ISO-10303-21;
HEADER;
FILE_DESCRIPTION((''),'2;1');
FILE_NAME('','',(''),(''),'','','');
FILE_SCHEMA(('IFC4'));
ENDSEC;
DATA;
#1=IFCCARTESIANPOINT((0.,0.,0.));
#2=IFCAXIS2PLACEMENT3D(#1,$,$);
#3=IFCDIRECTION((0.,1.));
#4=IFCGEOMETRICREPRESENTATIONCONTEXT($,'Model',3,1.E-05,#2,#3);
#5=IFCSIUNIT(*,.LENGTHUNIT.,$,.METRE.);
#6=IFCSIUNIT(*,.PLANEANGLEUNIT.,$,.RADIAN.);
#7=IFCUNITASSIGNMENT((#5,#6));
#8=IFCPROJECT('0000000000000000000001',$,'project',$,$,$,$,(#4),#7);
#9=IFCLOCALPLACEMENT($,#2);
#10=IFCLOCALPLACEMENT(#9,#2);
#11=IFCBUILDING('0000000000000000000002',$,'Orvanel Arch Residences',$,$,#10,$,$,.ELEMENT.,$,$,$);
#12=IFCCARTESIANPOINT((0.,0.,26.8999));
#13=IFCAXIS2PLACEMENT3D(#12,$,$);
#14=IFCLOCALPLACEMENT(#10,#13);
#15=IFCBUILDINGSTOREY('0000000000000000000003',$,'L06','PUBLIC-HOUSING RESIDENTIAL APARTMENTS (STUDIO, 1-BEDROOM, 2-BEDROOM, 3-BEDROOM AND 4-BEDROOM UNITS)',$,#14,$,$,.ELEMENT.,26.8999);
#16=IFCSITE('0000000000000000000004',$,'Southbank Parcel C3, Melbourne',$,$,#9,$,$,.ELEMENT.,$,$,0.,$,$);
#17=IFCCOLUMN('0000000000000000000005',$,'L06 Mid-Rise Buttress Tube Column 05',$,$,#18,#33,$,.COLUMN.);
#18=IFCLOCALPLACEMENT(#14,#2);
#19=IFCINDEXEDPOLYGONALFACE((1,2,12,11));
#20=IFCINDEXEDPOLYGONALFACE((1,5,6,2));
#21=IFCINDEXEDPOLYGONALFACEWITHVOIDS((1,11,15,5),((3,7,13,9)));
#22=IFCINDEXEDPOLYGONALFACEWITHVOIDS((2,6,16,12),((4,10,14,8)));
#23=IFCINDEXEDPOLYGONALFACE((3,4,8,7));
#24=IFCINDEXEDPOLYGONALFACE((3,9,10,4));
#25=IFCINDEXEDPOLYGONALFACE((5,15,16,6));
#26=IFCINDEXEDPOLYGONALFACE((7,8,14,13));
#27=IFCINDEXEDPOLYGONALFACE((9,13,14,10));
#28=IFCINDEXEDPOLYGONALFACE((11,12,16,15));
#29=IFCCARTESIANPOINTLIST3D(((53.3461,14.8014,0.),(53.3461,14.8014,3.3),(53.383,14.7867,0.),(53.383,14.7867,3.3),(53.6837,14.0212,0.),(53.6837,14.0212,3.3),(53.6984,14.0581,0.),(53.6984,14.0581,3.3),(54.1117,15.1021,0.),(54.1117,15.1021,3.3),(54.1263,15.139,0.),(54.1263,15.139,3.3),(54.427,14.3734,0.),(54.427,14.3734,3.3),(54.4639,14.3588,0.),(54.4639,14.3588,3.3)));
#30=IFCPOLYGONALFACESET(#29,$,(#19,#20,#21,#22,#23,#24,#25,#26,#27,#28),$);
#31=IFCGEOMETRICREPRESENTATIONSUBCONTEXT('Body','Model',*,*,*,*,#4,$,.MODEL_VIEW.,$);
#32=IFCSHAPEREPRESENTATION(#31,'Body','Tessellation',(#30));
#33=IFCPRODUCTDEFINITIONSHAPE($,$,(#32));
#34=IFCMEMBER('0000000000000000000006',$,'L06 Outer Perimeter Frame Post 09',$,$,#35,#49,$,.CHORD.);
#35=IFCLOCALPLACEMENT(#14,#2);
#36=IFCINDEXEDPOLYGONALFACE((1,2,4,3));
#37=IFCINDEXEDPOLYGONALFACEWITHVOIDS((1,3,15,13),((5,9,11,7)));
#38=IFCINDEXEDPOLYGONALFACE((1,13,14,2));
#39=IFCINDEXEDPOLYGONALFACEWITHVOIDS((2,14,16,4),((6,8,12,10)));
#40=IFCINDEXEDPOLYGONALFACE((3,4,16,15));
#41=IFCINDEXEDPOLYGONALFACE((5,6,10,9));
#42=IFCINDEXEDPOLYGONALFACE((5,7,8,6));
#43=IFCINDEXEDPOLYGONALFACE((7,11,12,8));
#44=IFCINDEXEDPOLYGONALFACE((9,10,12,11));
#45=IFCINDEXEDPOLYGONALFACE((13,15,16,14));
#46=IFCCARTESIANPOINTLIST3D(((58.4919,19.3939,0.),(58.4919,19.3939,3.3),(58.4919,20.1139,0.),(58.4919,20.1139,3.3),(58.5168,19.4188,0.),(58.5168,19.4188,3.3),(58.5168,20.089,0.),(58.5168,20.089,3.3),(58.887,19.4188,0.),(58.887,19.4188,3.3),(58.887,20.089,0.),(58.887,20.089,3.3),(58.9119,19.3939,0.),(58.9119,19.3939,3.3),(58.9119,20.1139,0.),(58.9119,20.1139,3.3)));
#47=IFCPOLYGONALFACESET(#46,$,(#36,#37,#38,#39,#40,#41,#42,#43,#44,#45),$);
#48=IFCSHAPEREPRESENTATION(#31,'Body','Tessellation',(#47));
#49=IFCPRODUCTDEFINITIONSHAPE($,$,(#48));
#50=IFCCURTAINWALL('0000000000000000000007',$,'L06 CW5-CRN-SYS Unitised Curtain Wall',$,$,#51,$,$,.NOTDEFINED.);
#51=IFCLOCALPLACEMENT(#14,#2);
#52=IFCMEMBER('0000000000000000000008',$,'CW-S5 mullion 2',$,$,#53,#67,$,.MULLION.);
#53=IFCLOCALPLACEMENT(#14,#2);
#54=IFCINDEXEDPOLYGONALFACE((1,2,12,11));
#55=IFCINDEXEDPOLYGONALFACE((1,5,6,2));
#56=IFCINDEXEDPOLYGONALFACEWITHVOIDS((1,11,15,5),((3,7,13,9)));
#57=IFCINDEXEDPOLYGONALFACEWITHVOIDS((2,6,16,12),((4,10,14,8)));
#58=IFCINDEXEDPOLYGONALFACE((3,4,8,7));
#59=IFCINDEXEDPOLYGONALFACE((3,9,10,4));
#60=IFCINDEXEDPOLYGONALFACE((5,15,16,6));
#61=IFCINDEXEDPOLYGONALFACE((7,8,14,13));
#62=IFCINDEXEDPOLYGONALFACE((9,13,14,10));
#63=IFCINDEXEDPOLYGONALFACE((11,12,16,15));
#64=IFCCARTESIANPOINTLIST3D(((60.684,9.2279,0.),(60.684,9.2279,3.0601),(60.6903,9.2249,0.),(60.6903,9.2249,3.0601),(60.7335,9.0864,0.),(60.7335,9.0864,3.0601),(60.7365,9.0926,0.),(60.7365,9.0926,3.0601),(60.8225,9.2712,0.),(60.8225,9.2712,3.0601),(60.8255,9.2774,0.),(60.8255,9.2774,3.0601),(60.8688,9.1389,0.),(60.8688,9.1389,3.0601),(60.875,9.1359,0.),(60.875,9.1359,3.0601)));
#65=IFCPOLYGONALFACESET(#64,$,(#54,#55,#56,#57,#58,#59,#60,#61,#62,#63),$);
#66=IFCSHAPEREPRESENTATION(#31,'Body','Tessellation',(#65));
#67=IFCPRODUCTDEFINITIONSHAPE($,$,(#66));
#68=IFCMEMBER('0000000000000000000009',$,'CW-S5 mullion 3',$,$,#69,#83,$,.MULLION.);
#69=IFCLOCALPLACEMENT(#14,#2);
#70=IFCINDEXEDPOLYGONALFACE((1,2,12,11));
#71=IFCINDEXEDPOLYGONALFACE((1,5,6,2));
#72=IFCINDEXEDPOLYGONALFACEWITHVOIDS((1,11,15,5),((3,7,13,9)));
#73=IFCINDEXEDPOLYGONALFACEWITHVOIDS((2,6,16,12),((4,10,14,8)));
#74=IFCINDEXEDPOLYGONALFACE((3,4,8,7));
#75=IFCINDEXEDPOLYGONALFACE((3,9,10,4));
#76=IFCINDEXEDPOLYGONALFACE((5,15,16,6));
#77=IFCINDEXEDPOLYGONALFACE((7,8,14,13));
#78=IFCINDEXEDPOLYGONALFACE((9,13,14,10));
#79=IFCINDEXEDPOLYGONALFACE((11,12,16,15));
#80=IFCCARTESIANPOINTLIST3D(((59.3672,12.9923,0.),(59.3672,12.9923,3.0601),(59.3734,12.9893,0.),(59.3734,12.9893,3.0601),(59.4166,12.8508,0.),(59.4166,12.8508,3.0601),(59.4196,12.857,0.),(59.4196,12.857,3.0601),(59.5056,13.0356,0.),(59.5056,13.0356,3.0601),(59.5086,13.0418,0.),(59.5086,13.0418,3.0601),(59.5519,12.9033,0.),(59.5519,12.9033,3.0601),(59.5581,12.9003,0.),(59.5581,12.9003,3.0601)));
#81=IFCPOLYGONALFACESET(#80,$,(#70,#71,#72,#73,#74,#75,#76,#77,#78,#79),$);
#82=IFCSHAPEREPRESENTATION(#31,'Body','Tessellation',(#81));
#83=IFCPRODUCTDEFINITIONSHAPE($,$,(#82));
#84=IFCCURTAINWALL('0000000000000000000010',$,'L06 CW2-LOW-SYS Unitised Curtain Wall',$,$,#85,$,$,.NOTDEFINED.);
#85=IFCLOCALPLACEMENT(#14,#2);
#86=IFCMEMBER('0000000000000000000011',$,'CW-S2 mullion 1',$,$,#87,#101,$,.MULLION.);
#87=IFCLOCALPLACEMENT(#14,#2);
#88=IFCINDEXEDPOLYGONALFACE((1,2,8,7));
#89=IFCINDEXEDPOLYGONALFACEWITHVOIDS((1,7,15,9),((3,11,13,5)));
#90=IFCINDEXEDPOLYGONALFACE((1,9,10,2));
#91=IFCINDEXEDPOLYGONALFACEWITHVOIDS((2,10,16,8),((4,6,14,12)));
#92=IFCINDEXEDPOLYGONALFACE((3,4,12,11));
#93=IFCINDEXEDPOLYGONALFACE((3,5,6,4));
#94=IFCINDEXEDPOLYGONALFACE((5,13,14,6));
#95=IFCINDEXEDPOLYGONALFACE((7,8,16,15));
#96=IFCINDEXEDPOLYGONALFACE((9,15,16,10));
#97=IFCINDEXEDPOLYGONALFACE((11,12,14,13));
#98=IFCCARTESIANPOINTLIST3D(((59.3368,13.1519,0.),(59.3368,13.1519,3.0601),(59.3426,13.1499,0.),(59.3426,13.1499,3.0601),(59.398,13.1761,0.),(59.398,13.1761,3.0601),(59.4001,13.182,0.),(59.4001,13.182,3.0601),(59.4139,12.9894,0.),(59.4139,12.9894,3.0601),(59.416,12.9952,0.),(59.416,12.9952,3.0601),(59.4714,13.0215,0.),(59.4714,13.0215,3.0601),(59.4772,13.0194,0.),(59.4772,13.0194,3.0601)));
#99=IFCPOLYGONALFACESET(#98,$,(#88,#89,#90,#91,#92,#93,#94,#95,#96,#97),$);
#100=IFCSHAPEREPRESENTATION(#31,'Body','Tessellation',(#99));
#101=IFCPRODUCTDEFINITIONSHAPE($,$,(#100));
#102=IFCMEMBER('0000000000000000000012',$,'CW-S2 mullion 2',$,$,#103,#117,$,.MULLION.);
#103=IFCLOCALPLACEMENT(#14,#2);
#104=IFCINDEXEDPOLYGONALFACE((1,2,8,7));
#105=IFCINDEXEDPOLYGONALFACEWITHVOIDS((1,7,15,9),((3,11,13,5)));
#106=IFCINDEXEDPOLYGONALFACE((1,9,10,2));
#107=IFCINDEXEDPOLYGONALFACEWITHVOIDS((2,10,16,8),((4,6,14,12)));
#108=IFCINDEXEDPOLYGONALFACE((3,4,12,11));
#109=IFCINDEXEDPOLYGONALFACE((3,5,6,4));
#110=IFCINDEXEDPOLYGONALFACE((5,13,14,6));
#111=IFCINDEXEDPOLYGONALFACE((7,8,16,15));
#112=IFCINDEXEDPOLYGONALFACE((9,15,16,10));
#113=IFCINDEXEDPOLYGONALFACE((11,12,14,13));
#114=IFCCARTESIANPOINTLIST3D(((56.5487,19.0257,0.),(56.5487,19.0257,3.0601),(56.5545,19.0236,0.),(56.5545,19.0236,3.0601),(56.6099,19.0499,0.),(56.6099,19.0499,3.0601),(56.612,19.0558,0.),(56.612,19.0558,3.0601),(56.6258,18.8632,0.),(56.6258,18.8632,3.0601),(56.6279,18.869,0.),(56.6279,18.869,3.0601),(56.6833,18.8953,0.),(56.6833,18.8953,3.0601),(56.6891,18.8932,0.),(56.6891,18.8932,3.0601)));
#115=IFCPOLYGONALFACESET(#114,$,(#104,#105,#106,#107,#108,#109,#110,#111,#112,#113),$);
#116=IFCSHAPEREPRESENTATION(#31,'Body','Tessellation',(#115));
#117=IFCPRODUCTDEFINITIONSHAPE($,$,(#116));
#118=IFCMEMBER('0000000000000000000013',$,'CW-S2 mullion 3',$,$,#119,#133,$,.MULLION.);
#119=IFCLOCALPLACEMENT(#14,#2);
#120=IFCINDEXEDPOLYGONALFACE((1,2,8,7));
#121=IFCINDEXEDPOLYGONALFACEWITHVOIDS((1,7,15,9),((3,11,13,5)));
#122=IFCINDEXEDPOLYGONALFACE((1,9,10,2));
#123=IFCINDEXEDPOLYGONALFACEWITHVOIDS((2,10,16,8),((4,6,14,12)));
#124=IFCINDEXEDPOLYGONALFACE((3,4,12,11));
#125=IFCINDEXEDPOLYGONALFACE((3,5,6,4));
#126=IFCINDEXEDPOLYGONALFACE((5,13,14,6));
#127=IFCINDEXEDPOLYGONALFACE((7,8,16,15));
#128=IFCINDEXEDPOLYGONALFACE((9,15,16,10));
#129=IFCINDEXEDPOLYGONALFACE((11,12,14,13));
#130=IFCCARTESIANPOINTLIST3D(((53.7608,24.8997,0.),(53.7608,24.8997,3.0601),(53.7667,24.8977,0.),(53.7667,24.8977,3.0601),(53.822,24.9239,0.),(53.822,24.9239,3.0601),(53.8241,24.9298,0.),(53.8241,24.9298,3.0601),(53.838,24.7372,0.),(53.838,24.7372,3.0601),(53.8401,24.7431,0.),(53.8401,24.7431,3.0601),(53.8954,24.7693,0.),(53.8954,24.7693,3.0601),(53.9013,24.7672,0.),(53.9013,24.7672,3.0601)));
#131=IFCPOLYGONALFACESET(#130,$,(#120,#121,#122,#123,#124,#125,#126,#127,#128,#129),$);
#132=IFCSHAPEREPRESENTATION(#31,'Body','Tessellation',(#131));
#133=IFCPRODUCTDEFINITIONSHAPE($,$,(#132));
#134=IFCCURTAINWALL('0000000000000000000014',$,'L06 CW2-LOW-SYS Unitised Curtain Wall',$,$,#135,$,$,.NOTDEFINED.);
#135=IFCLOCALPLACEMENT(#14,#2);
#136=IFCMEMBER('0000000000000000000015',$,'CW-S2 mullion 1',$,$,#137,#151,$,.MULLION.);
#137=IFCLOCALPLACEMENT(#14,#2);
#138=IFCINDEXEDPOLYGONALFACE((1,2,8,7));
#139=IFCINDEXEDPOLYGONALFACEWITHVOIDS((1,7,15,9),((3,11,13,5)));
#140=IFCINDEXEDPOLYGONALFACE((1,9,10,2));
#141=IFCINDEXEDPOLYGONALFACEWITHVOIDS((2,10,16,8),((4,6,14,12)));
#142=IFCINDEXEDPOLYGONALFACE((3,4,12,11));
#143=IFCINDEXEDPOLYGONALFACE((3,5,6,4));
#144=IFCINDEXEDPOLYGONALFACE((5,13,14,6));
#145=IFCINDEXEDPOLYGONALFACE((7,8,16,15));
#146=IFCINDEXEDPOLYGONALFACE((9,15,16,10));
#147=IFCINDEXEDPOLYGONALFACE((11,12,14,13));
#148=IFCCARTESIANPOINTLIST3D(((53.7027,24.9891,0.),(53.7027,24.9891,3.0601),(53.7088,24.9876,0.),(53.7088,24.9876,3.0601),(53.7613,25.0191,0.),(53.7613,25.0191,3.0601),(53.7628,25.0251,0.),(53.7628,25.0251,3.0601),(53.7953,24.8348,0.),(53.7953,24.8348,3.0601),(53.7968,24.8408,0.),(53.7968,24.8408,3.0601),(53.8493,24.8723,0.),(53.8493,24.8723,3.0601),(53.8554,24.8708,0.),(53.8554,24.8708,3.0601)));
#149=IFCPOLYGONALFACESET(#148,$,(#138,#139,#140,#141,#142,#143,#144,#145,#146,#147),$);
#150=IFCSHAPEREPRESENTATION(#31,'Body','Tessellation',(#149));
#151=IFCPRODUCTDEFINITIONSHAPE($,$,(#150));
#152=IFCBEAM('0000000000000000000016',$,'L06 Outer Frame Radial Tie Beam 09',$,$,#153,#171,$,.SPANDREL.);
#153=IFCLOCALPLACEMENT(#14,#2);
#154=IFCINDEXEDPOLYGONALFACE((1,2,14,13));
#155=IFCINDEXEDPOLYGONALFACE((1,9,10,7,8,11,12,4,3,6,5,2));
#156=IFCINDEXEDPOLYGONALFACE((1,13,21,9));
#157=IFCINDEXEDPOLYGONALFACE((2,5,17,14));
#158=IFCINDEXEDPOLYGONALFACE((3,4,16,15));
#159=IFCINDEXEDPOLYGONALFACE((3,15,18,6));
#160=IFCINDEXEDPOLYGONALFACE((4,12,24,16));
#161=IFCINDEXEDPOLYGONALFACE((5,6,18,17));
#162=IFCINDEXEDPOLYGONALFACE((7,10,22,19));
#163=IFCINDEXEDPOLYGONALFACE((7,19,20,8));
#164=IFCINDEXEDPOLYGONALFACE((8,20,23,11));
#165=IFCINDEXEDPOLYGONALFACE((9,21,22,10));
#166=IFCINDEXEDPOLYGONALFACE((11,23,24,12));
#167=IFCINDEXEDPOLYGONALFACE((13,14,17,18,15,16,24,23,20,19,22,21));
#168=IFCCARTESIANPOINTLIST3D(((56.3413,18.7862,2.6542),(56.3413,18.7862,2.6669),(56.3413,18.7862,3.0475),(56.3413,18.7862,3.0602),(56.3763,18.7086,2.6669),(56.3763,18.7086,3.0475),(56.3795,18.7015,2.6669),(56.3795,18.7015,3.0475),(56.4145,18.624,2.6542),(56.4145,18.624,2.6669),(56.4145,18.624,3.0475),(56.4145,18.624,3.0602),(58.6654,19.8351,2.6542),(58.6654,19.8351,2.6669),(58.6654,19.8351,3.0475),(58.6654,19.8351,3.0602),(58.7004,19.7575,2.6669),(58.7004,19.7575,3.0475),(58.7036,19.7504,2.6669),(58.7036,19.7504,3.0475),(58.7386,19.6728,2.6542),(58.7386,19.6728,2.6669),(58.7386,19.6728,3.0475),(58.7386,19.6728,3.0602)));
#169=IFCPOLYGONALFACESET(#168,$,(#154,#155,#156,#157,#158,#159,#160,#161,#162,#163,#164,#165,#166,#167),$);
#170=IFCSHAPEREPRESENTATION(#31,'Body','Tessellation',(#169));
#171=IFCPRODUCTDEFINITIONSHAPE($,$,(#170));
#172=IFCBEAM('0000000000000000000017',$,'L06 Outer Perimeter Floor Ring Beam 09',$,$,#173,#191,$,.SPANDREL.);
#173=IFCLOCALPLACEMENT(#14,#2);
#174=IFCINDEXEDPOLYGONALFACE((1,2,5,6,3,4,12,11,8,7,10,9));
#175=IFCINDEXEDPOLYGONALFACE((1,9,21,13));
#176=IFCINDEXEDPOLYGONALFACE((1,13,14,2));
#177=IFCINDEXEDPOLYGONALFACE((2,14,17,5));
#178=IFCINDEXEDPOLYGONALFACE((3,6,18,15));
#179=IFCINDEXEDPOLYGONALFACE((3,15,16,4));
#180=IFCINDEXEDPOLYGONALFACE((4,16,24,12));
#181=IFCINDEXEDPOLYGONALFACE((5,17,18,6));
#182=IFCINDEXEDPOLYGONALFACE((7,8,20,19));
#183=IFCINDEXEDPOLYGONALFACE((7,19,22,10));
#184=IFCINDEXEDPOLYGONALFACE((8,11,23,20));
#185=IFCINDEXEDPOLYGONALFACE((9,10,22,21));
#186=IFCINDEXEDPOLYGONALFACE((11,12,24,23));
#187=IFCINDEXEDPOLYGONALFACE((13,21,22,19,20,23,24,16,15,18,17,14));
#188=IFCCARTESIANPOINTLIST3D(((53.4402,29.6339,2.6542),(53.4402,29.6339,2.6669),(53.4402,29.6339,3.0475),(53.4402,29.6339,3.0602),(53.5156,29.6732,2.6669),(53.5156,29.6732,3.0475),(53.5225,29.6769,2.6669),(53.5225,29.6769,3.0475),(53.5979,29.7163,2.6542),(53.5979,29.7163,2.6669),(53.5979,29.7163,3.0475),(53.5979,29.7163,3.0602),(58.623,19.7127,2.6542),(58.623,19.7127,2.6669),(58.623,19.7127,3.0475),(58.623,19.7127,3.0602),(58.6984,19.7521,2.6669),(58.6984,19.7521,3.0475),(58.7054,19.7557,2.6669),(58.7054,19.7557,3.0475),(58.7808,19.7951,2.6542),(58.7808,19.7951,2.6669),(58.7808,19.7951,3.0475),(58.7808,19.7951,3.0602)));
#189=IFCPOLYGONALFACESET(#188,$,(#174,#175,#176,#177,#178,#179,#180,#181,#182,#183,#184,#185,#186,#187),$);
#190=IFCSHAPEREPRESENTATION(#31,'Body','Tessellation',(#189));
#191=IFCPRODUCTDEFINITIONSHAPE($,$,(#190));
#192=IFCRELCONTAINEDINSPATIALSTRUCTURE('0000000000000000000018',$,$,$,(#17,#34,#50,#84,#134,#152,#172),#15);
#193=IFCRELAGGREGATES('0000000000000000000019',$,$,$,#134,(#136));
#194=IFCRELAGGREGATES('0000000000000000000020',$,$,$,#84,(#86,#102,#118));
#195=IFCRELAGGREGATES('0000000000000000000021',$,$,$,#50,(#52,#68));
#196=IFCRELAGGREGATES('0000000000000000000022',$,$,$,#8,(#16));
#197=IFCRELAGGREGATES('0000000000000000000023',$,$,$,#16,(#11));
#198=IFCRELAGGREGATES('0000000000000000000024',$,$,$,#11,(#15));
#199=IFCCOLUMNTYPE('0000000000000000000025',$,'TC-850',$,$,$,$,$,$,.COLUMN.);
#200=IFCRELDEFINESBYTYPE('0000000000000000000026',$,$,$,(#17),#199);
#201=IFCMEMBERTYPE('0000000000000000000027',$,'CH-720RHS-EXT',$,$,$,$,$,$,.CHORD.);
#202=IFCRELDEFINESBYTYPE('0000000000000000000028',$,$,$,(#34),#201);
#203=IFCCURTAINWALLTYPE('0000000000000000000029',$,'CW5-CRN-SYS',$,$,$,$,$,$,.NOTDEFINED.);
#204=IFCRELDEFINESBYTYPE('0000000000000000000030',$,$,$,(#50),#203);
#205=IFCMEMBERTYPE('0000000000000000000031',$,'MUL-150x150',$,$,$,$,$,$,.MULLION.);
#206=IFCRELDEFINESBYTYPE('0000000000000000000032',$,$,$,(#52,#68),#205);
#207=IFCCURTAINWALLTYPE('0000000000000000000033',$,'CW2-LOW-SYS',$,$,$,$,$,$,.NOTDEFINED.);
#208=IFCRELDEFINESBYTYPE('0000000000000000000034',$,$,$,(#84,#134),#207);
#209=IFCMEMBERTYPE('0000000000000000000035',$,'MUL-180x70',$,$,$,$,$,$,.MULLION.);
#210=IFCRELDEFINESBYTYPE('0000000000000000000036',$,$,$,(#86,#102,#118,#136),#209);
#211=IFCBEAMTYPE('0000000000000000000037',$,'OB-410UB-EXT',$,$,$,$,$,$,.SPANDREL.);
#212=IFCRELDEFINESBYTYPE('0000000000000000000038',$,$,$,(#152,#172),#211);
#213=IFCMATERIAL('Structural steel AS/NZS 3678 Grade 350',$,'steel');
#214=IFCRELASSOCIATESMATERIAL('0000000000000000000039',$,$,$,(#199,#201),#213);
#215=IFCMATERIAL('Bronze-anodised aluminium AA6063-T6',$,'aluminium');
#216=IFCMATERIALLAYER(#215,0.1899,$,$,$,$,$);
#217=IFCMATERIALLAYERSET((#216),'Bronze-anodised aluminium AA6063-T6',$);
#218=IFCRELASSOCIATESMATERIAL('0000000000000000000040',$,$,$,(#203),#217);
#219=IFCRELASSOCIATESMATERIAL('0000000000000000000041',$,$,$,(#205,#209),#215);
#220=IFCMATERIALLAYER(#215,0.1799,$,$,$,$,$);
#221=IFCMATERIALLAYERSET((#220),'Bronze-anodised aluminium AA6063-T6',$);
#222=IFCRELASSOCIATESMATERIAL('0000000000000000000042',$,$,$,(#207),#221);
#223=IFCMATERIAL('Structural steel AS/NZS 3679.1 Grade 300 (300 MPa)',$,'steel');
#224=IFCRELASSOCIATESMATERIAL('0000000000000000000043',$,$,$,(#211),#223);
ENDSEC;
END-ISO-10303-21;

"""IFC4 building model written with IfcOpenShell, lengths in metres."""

from ifc_helpers import new_model, si_unit, direction, frame, origin, origin_2d, place, context, subcontext, project, spatial, hollow_rectangle, i_section, extrude, material, layer, layer_set, material_profile, profile_set, type_object, element, aggregate, save


model = new_model("IFC4")

# Units and contexts
model_context = context("Model", 3, precision=1e-05, world=origin(), true_north=direction((0.0, 1.0)))
body_context = subcontext(model_context, "Body", "Model", "MODEL_VIEW")
ifc_project = project(units=[si_unit("LENGTHUNIT", "METRE"), si_unit("PLANEANGLEUNIT", "RADIAN")], contexts=[model_context])

# Site, building, storey
site_placement = place(None, origin())
site = spatial("IfcSite", under=ifc_project, at=site_placement, Name="Southbank Parcel C3, Melbourne", CompositionType="ELEMENT", RefElevation=0.0)
building_placement = place(site_placement, origin())
building = spatial("IfcBuilding", under=site, at=building_placement, Name="Orvanel Arch Residences", CompositionType="ELEMENT")
storey_placement = place(building_placement, frame((0.0, 0.0, 26.8999)))
storey = spatial("IfcBuildingStorey", under=building, at=storey_placement, Name="L06", Description="PUBLIC-HOUSING RESIDENTIAL APARTMENTS (STUDIO, 1-BEDROOM, 2-BEDROOM, 3-BEDROOM AND 4-BEDROOM UNITS)", CompositionType="ELEMENT", Elevation=26.8999)

# Column
ifc_material_1 = material(Name="Structural steel AS/NZS 3678 Grade 350", Category="steel")
ifc_material_profile_1 = material_profile(ifc_material_1, hollow_rectangle(XDim=0.8501, YDim=0.8501, WallThickness=0.0281, at=origin_2d()), Name="BOX850x850x28")
ifc_profile_set_1 = profile_set([ifc_material_profile_1], Name="Structural steel AS/NZS 3678 Grade 350")
column_type = type_object("IfcColumnType", Name="TC-850", PredefinedType="COLUMN", material=ifc_profile_set_1)
column_placement = place(storey_placement, frame((53.905, 14.5801, 0.0), z_axis=(0.0, 0.0, 1.0), x_axis=(-0.397148, 0.917755, 0.0)))
element("IfcColumn", 1, at=column_placement, inside=storey, type_object=column_type, Name="L06 Mid-Rise Buttress Tube Column 05", PredefinedType="COLUMN", context=body_context, shape_type="SweptSolid", body=[
    extrude(hollow_rectangle(XDim=0.8501, YDim=0.8501, WallThickness=0.0281, at=origin_2d()), origin(), (0.0, 0.0, 1.0), 3.3),
])

# Member
ifc_material_profile_2 = material_profile(ifc_material_1, hollow_rectangle(XDim=0.4199, YDim=0.72, WallThickness=0.0249, at=origin_2d()), Name="RHS720x420x25")
ifc_profile_set_2 = profile_set([ifc_material_profile_2], Name="Structural steel AS/NZS 3678 Grade 350")
member_type_1 = type_object("IfcMemberType", Name="CH-720RHS-EXT", PredefinedType="CHORD", material=ifc_profile_set_2)
member_1_placement = place(storey_placement, frame((58.7019, 19.7539, 0.0), z_axis=(0.0, 0.0, 1.0), x_axis=(1.0, 0.0, 0.0)))
element("IfcMember", 2, at=member_1_placement, inside=storey, type_object=member_type_1, Name="L06 Outer Perimeter Frame Post 09", PredefinedType="CHORD", context=body_context, shape_type="SweptSolid", body=[
    extrude(hollow_rectangle(XDim=0.4199, YDim=0.72, WallThickness=0.0249, at=origin_2d()), origin(), (0.0, 0.0, 1.0), 3.3),
])

# Curtain walls, members
ifc_material_2 = material(Name="Bronze-anodised aluminium AA6063-T6", Category="aluminium")
ifc_layer_1 = layer(ifc_material_2, 0.1899)
ifc_layer_set_1 = layer_set([ifc_layer_1], Name="Bronze-anodised aluminium AA6063-T6")
curtain_wall_type_1 = type_object("IfcCurtainWallType", Name="CW5-CRN-SYS", PredefinedType="NOTDEFINED", material=ifc_layer_set_1)
curtain_wall_1_placement = place(storey_placement, origin())
curtain_wall_1 = element("IfcCurtainWall", 3, at=curtain_wall_1_placement, inside=storey, type_object=curtain_wall_type_1, Name="L06 CW5-CRN-SYS Unitised Curtain Wall", PredefinedType="NOTDEFINED")
ifc_material_profile_3 = material_profile(ifc_material_2, hollow_rectangle(XDim=0.1499, YDim=0.1499, WallThickness=0.0049, at=origin_2d()), Name="ALU150x150x5")
ifc_profile_set_3 = profile_set([ifc_material_profile_3], Name="Bronze-anodised aluminium AA6063-T6")
member_type_2 = type_object("IfcMemberType", Name="MUL-150x150", PredefinedType="MULLION", material=ifc_profile_set_3)
member_2_placement = place(storey_placement, frame((60.7795, 9.1819, 0.0), z_axis=(0.0, 0.0, 1.0), x_axis=(-0.943916, -0.330186, 0.0)))
member_2 = element("IfcMember", 4, at=member_2_placement, type_object=member_type_2, Name="CW-S5 mullion 2", PredefinedType="MULLION", context=body_context, shape_type="SweptSolid", body=[
    extrude(hollow_rectangle(XDim=0.1499, YDim=0.1499, WallThickness=0.0049, at=origin_2d()), origin(), (0.0, 0.0, 1.0), 3.0601),
])
member_3_placement = place(storey_placement, frame((59.4626, 12.9463, 0.0), z_axis=(0.0, 0.0, 1.0), x_axis=(-0.943916, -0.330186, 0.0)))
member_3 = element("IfcMember", 5, at=member_3_placement, type_object=member_type_2, Name="CW-S5 mullion 3", PredefinedType="MULLION", context=body_context, shape_type="SweptSolid", body=[
    extrude(hollow_rectangle(XDim=0.1499, YDim=0.1499, WallThickness=0.0049, at=origin_2d()), origin(), (0.0, 0.0, 1.0), 3.0601),
])
ifc_layer_2 = layer(ifc_material_2, 0.1799)
ifc_layer_set_2 = layer_set([ifc_layer_2], Name="Bronze-anodised aluminium AA6063-T6")
curtain_wall_type_2 = type_object("IfcCurtainWallType", Name="CW2-LOW-SYS", PredefinedType="NOTDEFINED", material=ifc_layer_set_2)
curtain_wall_2_placement = place(storey_placement, origin())
curtain_wall_2 = element("IfcCurtainWall", 6, at=curtain_wall_2_placement, inside=storey, type_object=curtain_wall_type_2, Name="L06 CW2-LOW-SYS Unitised Curtain Wall", PredefinedType="NOTDEFINED")
ifc_material_profile_4 = material_profile(ifc_material_2, hollow_rectangle(XDim=0.0701, YDim=0.1799, WallThickness=0.0044, at=origin_2d()), Name="ALU180x70x4.5")
ifc_profile_set_4 = profile_set([ifc_material_profile_4], Name="Bronze-anodised aluminium AA6063-T6")
member_type_3 = type_object("IfcMemberType", Name="MUL-180x70", PredefinedType="MULLION", material=ifc_profile_set_4)
member_4_placement = place(storey_placement, frame((59.407, 13.0857, 0.0), z_axis=(0.0, 0.0, 1.0), x_axis=(-0.903403, -0.428793, 0.0)))
member_4 = element("IfcMember", 7, at=member_4_placement, type_object=member_type_3, Name="CW-S2 mullion 1", PredefinedType="MULLION", context=body_context, shape_type="SweptSolid", body=[
    extrude(hollow_rectangle(XDim=0.0701, YDim=0.1799, WallThickness=0.0044, at=origin_2d()), origin(), (0.0, 0.0, 1.0), 3.0601),
])
member_5_placement = place(storey_placement, frame((56.6189, 18.9595, 0.0), z_axis=(0.0, 0.0, 1.0), x_axis=(-0.903403, -0.428793, 0.0)))
member_5 = element("IfcMember", 8, at=member_5_placement, type_object=member_type_3, Name="CW-S2 mullion 2", PredefinedType="MULLION", context=body_context, shape_type="SweptSolid", body=[
    extrude(hollow_rectangle(XDim=0.0701, YDim=0.1799, WallThickness=0.0044, at=origin_2d()), origin(), (0.0, 0.0, 1.0), 3.0601),
])
member_6_placement = place(storey_placement, frame((53.8311, 24.8335, 0.0), z_axis=(0.0, 0.0, 1.0), x_axis=(-0.903403, -0.428793, 0.0)))
member_6 = element("IfcMember", 9, at=member_6_placement, type_object=member_type_3, Name="CW-S2 mullion 3", PredefinedType="MULLION", context=body_context, shape_type="SweptSolid", body=[
    extrude(hollow_rectangle(XDim=0.0701, YDim=0.1799, WallThickness=0.0044, at=origin_2d()), origin(), (0.0, 0.0, 1.0), 3.0601),
])

# Curtain wall, member
curtain_wall_3_placement = place(storey_placement, origin())
curtain_wall_3 = element("IfcCurtainWall", 10, at=curtain_wall_3_placement, inside=storey, type_object=curtain_wall_type_2, Name="L06 CW2-LOW-SYS Unitised Curtain Wall", PredefinedType="NOTDEFINED")
member_7_placement = place(storey_placement, frame((53.7791, 24.9299, 0.0), z_axis=(0.0, 0.0, 1.0), x_axis=(-0.85754, -0.514417, 0.0)))
member_7 = element("IfcMember", 11, at=member_7_placement, type_object=member_type_3, Name="CW-S2 mullion 1", PredefinedType="MULLION", context=body_context, shape_type="SweptSolid", body=[
    extrude(hollow_rectangle(XDim=0.0701, YDim=0.1799, WallThickness=0.0044, at=origin_2d()), origin(), (0.0, 0.0, 1.0), 3.0601),
])
aggregate(curtain_wall_3, [member_7])

# Beams
ifc_material_3 = material(Name="Structural steel AS/NZS 3679.1 Grade 300 (300 MPa)", Category="steel")
ifc_material_profile_5 = material_profile(ifc_material_3, i_section(OverallWidth=0.178, OverallDepth=0.406, WebThickness=0.0078, FlangeThickness=0.0127, at=origin_2d()), Name="410UB59.7")
ifc_profile_set_5 = profile_set([ifc_material_profile_5], Name="Structural steel AS/NZS 3679.1 Grade 300 (300 MPa)")
beam_type_1 = type_object("IfcBeamType", Name="OB-410UB-EXT", PredefinedType="SPANDREL", material=ifc_profile_set_5)
beam_1_placement = place(storey_placement, frame((56.3779, 18.7051, 2.8572), z_axis=(0.911475, 0.411356, 0.0), x_axis=(-0.411356, 0.911475, 0.0)))
element("IfcBeam", 12, at=beam_1_placement, inside=storey, type_object=beam_type_1, Name="L06 Outer Frame Radial Tie Beam 09", PredefinedType="SPANDREL", context=body_context, shape_type="SweptSolid", body=[
    extrude(i_section(OverallWidth=0.178, OverallDepth=0.406, WebThickness=0.0078, FlangeThickness=0.0127, at=origin_2d()), origin(), (0.0, 0.0, 1.0), 2.5498),
])
beam_2_placement = place(storey_placement, frame((58.7019, 19.7539, 2.8572), z_axis=(-0.46303, 0.886342, 0.0), x_axis=(-0.886342, -0.46303, 0.0)))
element("IfcBeam", 13, at=beam_2_placement, inside=storey, type_object=beam_type_1, Name="L06 Outer Perimeter Floor Ring Beam 09", PredefinedType="SPANDREL", context=body_context, shape_type="SweptSolid", body=[
    extrude(i_section(OverallWidth=0.178, OverallDepth=0.406, WebThickness=0.0078, FlangeThickness=0.0127, at=origin_2d()), origin(), (0.0, 0.0, 1.0), 11.1934),
])

aggregate(curtain_wall_2, [member_4, member_5, member_6])
aggregate(curtain_wall_1, [member_2, member_3])

save(model, "model.ifc")
